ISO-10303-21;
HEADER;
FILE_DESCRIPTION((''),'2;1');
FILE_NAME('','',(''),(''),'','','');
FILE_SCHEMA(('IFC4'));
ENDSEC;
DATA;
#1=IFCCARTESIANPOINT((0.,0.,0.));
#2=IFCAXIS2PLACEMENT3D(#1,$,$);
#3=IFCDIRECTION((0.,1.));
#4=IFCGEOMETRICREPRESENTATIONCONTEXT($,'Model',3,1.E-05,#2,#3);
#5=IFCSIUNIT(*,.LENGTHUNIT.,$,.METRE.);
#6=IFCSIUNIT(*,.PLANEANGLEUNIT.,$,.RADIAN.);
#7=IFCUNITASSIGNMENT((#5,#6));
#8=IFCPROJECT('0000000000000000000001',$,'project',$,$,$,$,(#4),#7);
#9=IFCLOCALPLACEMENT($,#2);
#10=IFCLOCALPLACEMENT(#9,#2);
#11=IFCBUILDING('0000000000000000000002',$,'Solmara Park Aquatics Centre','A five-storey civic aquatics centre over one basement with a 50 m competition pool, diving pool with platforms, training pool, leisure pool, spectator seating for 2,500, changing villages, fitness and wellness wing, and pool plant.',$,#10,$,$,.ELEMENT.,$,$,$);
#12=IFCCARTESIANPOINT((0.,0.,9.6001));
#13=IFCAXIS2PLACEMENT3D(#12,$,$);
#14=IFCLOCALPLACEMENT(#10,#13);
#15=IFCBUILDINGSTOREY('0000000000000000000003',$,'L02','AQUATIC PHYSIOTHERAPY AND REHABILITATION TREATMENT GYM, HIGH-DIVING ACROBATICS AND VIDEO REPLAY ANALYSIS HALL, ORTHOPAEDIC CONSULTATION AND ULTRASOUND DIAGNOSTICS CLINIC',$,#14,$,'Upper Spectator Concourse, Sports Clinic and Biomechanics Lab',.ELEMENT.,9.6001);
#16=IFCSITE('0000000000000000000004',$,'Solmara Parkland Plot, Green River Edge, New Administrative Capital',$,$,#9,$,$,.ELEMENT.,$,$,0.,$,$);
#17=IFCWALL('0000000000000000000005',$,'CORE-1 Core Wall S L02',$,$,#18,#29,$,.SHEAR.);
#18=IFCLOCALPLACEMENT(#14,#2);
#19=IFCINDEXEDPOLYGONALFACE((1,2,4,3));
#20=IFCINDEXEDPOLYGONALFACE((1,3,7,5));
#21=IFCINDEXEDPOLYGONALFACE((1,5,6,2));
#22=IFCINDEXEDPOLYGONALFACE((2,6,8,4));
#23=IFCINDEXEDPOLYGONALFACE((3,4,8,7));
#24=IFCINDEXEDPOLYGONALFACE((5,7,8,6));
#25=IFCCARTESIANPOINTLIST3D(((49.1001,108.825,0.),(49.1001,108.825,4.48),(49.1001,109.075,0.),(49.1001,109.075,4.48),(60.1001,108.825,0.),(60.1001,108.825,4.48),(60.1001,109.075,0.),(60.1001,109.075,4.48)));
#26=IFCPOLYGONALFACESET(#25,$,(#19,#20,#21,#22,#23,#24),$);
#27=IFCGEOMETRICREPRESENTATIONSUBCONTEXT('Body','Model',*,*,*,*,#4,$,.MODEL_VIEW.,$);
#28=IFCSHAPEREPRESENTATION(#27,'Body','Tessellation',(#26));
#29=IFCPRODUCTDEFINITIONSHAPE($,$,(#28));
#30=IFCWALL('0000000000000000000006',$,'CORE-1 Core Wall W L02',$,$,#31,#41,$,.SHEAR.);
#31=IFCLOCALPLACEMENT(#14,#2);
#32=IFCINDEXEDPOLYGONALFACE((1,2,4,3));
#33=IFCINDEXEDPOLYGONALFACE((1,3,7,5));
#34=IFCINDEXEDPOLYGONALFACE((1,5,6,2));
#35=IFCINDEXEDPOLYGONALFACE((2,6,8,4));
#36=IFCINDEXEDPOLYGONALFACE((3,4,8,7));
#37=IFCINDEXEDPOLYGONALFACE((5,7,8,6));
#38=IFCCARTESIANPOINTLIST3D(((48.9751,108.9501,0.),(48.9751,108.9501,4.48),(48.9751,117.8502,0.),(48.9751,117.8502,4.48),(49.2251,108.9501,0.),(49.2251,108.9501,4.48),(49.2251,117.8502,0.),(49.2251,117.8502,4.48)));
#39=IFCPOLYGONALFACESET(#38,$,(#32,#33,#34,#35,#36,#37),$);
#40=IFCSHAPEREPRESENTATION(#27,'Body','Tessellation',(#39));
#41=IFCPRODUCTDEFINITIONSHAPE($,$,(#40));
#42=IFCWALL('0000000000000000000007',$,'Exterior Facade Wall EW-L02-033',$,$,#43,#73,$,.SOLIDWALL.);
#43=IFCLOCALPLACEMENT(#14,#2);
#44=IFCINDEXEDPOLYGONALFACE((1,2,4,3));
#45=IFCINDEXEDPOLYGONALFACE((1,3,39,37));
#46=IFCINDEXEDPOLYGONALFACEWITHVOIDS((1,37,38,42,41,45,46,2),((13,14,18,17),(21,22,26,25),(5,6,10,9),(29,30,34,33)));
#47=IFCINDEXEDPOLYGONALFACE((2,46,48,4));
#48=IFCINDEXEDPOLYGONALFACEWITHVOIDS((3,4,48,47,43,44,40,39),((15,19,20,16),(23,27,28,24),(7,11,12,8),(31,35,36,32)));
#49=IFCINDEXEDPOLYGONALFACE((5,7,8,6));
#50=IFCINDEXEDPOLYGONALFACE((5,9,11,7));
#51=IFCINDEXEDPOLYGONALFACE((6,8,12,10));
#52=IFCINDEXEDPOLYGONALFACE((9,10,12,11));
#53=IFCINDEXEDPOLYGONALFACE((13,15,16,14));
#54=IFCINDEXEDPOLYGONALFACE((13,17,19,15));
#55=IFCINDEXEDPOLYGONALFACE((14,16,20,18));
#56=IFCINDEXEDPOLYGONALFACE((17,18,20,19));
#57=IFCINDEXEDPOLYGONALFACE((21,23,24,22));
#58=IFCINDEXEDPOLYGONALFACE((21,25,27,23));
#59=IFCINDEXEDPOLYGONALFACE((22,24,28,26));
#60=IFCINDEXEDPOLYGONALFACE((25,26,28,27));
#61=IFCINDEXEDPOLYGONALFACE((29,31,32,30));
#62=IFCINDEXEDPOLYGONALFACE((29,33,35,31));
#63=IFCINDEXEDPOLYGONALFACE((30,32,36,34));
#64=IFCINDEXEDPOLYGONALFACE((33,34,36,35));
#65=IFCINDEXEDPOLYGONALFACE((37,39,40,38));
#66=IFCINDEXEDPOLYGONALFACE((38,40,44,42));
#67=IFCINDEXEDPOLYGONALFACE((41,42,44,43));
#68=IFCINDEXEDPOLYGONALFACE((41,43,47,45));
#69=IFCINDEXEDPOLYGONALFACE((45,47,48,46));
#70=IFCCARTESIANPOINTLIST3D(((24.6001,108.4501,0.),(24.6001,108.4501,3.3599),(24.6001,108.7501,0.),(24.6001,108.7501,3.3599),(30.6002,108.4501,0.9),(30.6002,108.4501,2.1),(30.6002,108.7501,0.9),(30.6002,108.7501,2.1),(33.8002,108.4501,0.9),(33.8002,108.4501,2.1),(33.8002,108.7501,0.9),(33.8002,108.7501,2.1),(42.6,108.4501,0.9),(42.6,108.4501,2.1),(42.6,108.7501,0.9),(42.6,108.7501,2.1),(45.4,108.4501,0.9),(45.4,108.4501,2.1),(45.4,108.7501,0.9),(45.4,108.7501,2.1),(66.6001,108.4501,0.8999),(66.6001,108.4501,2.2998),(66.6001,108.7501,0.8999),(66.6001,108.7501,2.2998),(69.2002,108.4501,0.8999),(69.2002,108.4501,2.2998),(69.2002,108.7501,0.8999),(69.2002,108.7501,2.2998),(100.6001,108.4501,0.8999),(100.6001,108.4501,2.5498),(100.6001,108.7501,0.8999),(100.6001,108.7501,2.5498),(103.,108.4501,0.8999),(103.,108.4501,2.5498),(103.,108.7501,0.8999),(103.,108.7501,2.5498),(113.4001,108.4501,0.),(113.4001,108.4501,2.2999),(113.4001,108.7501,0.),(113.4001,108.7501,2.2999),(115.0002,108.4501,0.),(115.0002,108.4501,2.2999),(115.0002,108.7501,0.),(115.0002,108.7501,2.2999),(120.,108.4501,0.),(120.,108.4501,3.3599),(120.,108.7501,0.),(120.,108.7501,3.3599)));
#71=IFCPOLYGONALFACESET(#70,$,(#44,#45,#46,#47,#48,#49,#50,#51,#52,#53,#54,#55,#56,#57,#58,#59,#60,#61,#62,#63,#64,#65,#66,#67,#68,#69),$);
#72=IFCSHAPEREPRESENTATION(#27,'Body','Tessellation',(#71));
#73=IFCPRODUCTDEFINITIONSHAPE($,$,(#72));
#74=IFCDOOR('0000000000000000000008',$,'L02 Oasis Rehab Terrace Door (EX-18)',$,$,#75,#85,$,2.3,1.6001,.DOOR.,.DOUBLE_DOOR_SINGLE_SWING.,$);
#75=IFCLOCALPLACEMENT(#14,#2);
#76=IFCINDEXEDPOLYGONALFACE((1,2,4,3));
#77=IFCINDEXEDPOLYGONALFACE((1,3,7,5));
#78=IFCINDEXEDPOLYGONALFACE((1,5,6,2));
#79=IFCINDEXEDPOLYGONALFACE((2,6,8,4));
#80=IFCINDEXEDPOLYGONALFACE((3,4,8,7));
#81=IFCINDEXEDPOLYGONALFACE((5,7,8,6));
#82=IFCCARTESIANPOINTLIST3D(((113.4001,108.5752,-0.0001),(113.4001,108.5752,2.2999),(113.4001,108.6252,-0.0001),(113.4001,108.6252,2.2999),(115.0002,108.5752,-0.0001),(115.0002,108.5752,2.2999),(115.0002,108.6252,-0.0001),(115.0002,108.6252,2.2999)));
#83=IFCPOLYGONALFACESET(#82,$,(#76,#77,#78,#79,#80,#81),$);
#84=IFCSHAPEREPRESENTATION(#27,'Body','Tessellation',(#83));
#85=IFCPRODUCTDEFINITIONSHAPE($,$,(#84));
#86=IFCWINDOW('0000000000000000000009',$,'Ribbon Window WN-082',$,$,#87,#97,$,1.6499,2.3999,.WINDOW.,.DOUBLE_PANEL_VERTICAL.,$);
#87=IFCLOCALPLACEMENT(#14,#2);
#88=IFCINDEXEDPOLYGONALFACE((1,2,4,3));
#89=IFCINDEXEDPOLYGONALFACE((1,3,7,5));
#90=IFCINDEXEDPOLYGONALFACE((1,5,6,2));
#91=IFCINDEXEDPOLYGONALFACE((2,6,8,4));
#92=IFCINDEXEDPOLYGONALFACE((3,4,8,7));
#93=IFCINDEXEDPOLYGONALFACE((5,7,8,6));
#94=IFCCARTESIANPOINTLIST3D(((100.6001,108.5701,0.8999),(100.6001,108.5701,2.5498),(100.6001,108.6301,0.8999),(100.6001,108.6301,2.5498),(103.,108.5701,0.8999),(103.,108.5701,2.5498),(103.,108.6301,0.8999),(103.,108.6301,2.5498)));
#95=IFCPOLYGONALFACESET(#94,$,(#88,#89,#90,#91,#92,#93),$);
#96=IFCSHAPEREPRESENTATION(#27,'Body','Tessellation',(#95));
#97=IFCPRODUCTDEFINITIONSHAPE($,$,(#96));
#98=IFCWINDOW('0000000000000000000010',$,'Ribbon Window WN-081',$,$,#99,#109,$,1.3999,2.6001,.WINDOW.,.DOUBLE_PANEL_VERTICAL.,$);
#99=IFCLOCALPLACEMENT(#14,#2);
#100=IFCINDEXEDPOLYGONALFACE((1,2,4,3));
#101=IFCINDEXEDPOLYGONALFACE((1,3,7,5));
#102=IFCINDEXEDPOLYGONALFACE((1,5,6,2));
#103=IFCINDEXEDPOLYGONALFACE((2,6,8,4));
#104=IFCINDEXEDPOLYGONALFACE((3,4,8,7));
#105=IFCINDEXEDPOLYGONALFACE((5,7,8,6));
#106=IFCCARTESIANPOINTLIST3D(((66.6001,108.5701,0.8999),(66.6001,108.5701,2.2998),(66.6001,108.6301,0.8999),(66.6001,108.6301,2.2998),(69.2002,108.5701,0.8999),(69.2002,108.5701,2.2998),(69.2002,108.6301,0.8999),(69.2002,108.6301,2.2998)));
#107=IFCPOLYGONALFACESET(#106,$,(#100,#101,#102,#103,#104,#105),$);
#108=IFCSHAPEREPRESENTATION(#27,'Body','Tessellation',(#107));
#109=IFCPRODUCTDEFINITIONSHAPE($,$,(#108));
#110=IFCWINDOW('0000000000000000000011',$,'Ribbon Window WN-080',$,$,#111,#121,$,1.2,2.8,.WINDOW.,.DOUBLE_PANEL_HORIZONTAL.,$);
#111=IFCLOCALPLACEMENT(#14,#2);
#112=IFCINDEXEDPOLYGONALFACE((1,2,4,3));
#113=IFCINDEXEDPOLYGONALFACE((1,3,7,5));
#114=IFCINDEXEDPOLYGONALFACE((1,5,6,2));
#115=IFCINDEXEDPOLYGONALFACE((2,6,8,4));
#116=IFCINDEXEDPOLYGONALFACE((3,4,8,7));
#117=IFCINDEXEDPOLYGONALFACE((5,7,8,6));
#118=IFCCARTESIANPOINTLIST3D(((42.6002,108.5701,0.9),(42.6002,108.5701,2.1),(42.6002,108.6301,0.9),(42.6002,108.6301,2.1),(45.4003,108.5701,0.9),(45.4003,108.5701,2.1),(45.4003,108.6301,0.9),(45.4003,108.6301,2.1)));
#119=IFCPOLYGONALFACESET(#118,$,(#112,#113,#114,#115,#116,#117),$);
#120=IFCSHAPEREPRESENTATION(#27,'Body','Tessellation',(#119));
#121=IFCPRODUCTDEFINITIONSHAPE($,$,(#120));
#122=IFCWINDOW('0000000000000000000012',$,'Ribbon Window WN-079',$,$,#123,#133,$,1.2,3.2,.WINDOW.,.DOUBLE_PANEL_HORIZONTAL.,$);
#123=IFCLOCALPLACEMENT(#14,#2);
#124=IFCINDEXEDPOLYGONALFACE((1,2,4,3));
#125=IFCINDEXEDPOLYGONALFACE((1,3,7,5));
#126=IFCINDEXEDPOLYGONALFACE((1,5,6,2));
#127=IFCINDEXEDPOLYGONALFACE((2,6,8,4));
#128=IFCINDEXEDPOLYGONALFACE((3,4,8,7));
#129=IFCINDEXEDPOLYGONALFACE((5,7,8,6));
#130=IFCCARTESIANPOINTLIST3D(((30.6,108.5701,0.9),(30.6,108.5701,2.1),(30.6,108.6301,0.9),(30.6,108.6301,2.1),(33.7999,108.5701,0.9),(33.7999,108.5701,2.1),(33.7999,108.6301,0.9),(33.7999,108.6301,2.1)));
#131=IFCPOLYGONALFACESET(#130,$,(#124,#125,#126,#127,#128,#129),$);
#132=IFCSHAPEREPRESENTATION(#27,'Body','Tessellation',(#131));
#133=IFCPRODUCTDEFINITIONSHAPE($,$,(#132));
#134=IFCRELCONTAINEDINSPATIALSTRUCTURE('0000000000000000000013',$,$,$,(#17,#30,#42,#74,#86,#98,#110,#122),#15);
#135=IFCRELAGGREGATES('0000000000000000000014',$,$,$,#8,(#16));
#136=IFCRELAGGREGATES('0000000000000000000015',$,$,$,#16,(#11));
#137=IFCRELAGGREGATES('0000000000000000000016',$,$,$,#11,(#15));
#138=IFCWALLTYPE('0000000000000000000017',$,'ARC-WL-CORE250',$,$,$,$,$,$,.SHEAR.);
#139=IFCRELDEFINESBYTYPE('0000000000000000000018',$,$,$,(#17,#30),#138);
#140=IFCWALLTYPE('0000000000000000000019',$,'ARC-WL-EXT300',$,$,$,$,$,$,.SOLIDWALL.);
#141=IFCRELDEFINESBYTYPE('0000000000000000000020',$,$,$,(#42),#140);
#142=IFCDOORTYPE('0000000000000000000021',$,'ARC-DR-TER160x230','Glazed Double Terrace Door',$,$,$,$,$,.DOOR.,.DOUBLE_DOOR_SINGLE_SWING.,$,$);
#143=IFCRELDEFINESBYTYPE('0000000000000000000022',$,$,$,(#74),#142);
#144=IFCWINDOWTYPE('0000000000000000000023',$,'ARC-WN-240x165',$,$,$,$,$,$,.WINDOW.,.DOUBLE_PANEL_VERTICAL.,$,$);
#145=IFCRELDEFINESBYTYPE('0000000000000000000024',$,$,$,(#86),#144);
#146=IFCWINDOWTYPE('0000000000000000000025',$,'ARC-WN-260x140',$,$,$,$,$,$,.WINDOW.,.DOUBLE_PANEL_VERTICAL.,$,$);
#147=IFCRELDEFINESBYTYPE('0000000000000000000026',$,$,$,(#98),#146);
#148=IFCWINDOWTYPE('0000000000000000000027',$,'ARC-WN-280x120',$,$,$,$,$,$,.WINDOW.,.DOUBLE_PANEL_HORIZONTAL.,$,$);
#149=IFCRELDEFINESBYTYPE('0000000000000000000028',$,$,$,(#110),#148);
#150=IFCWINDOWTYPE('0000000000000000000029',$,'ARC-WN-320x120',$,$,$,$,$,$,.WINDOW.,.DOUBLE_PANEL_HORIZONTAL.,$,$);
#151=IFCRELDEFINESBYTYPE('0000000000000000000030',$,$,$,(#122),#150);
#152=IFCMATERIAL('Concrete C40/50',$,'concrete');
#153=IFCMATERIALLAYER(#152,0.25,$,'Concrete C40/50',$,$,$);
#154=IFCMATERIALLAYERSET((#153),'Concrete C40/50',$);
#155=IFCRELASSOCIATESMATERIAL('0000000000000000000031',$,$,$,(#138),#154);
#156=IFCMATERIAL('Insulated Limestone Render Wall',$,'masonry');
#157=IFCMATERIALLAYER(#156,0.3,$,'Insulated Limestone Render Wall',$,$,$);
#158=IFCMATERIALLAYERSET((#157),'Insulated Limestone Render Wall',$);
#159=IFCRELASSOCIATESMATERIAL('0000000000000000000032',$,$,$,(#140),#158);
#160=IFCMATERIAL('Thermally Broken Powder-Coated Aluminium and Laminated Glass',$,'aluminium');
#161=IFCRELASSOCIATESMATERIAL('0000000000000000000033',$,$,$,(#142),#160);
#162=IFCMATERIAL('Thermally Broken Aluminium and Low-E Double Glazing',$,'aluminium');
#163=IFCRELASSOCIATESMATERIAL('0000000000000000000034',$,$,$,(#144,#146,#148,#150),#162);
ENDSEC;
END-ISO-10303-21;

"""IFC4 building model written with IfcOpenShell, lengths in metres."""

from ifc_helpers import new_model, si_unit, direction, frame, frame_2d, origin, place, context, subcontext, project, spatial, rectangle, extrude, material, layer, layer_set, type_object, element, fill, save


model = new_model("IFC4")

# Units and contexts
model_context = context("Model", 3, precision=1e-05, world=origin(), true_north=direction((0.0, 1.0)))
body_context = subcontext(model_context, "Body", "Model", "MODEL_VIEW")
ifc_project = project(units=[si_unit("LENGTHUNIT", "METRE"), si_unit("PLANEANGLEUNIT", "RADIAN")], contexts=[model_context])

# Site, building, storey
site_placement = place(None, origin())
site = spatial("IfcSite", under=ifc_project, at=site_placement, Name="Solmara Parkland Plot, Green River Edge, New Administrative Capital", CompositionType="ELEMENT", RefElevation=0.0)
building_placement = place(site_placement, origin())
building = spatial("IfcBuilding", under=site, at=building_placement, Name="Solmara Park Aquatics Centre", Description="A five-storey civic aquatics centre over one basement with a 50 m competition pool, diving pool with platforms, training pool, leisure pool, spectator seating for 2,500, changing villages, fitness and wellness wing, and pool plant.", CompositionType="ELEMENT")
storey_placement = place(building_placement, frame((0.0, 0.0, 9.6001)))
storey = spatial("IfcBuildingStorey", under=building, at=storey_placement, Name="L02", Description="AQUATIC PHYSIOTHERAPY AND REHABILITATION TREATMENT GYM, HIGH-DIVING ACROBATICS AND VIDEO REPLAY ANALYSIS HALL, ORTHOPAEDIC CONSULTATION AND ULTRASOUND DIAGNOSTICS CLINIC", LongName="Upper Spectator Concourse, Sports Clinic and Biomechanics Lab", CompositionType="ELEMENT", Elevation=9.6001)

# Shared definitions
ifc_material_1 = material(Name="Concrete C40/50", Category="concrete")

# Walls
ifc_layer_1 = layer(ifc_material_1, 0.25, Name="Concrete C40/50")
ifc_layer_set_1 = layer_set([ifc_layer_1], Name="Concrete C40/50")
wall_type_1 = type_object("IfcWallType", Name="ARC-WL-CORE250", PredefinedType="SHEAR", material=ifc_layer_set_1)
wall_1_placement = place(storey_placement, frame((49.1001, 108.95, 0.0), z_axis=(0.0, 0.0, 1.0), x_axis=(1.0, 0.0, 0.0)))
element("IfcWall", 1, at=wall_1_placement, inside=storey, type_object=wall_type_1, Name="CORE-1 Core Wall S L02", PredefinedType="SHEAR", context=body_context, shape_type="SweptSolid", body=[
    extrude(rectangle(XDim=11.0, YDim=0.25, at=frame_2d((5.5, 0.0))), origin(), (0.0, 0.0, 1.0), 4.48),
])
wall_2_placement = place(storey_placement, frame((49.1001, 108.95, 0.0), z_axis=(0.0, 0.0, 1.0), x_axis=(0.0, 1.0, 0.0)))
element("IfcWall", 2, at=wall_2_placement, inside=storey, type_object=wall_type_1, Name="CORE-1 Core Wall W L02", PredefinedType="SHEAR", context=body_context, shape_type="SweptSolid", body=[
    extrude(rectangle(XDim=8.9001, YDim=0.25, at=frame_2d((4.4502, 0.0))), origin(), (0.0, 0.0, 1.0), 4.48),
])

# Wall, openings, door, windows
ifc_material_2 = material(Name="Insulated Limestone Render Wall", Category="masonry")
ifc_layer_2 = layer(ifc_material_2, 0.3, Name="Insulated Limestone Render Wall")
ifc_layer_set_2 = layer_set([ifc_layer_2], Name="Insulated Limestone Render Wall")
wall_type_2 = type_object("IfcWallType", Name="ARC-WL-EXT300", PredefinedType="SOLIDWALL", material=ifc_layer_set_2)
wall_3_placement = place(storey_placement, frame((24.6001, 108.6001, 0.0), z_axis=(0.0, 0.0, 1.0), x_axis=(1.0, 0.0, 0.0)))
wall_3 = element("IfcWall", 3, at=wall_3_placement, inside=storey, type_object=wall_type_2, Name="Exterior Facade Wall EW-L02-033", PredefinedType="SOLIDWALL", context=body_context, shape_type="SweptSolid", body=[
    extrude(rectangle(XDim=95.3999, YDim=0.3, at=frame_2d((47.7, 0.0))), origin(), (0.0, 0.0, 1.0), 3.3599),
])
opening_1_placement = place(wall_3_placement, frame((88.8, 0.0, 0.0)))
opening_1 = element("IfcOpeningElement", 4, at=opening_1_placement, cuts=wall_3, PredefinedType="OPENING", context=body_context, shape_type="SweptSolid", body=[
    extrude(rectangle(XDim=1.6001, YDim=2.3, at=frame_2d((0.8, 1.1499))), frame((0.0, 0.1599, 0.0), z_axis=(0.0, -1.0, 0.0), x_axis=(1.0, 0.0, 0.0)), (0.0, 0.0, 1.0), 0.3201),
])
opening_2_placement = place(wall_3_placement, frame((6.0, 0.0, 0.8999)))
opening_2 = element("IfcOpeningElement", 5, at=opening_2_placement, cuts=wall_3, PredefinedType="OPENING", context=body_context, shape_type="SweptSolid", body=[
    extrude(rectangle(XDim=3.2, YDim=1.2, at=frame_2d((1.6001, 0.6001))), frame((0.0, 0.1599, 0.0), z_axis=(0.0, -1.0, 0.0), x_axis=(1.0, 0.0, 0.0)), (0.0, 0.0, 1.0), 0.3201),
])
opening_3_placement = place(wall_3_placement, frame((18.0, 0.0, 0.8999)))
opening_3 = element("IfcOpeningElement", 6, at=opening_3_placement, cuts=wall_3, PredefinedType="OPENING", context=body_context, shape_type="SweptSolid", body=[
    extrude(rectangle(XDim=2.8, YDim=1.2, at=frame_2d((1.3999, 0.6001))), frame((0.0, 0.1599, 0.0), z_axis=(0.0, -1.0, 0.0), x_axis=(1.0, 0.0, 0.0)), (0.0, 0.0, 1.0), 0.3201),
])
opening_4_placement = place(wall_3_placement, frame((42.0, 0.0, 0.8999)))
opening_4 = element("IfcOpeningElement", 7, at=opening_4_placement, cuts=wall_3, PredefinedType="OPENING", context=body_context, shape_type="SweptSolid", body=[
    extrude(rectangle(XDim=2.6001, YDim=1.3999, at=frame_2d((1.3, 0.7))), frame((0.0, 0.1599, 0.0), z_axis=(0.0, -1.0, 0.0), x_axis=(1.0, 0.0, 0.0)), (0.0, 0.0, 1.0), 0.3201),
])
opening_5_placement = place(wall_3_placement, frame((76.0, 0.0, 0.8999)))
opening_5 = element("IfcOpeningElement", 8, at=opening_5_placement, cuts=wall_3, PredefinedType="OPENING", context=body_context, shape_type="SweptSolid", body=[
    extrude(rectangle(XDim=2.3999, YDim=1.6499, at=frame_2d((1.2, 0.825))), frame((0.0, 0.1599, 0.0), z_axis=(0.0, -1.0, 0.0), x_axis=(1.0, 0.0, 0.0)), (0.0, 0.0, 1.0), 0.3201),
])
ifc_material_3 = material(Name="Thermally Broken Powder-Coated Aluminium and Laminated Glass", Category="aluminium")
door_type = type_object("IfcDoorType", Name="ARC-DR-TER160x230", Description="Glazed Double Terrace Door", OperationType="DOUBLE_DOOR_SINGLE_SWING", PredefinedType="DOOR", material=ifc_material_3)
door_placement = place(opening_1_placement, frame((1.6001, 0.0, 0.0), z_axis=(0.0, 0.0, 1.0), x_axis=(-1.0, 0.0, 0.0)))
door = element("IfcDoor", 9, at=door_placement, inside=storey, type_object=door_type, Name="L02 Oasis Rehab Terrace Door (EX-18)", OperationType="DOUBLE_DOOR_SINGLE_SWING", OverallHeight=2.3, OverallWidth=1.6001, PredefinedType="DOOR", context=body_context, shape_type="SweptSolid", body=[
    extrude(rectangle(XDim=1.6001, YDim=2.3, at=frame_2d((0.8, 1.1499))), frame((0.0, 0.0249, 0.0), z_axis=(0.0, -1.0, 0.0), x_axis=(1.0, 0.0, 0.0)), (0.0, 0.0, 1.0), 0.05),
])
fill(opening_1, door)
ifc_material_4 = material(Name="Thermally Broken Aluminium and Low-E Double Glazing", Category="aluminium")
window_type_1 = type_object("IfcWindowType", Name="ARC-WN-240x165", PartitioningType="DOUBLE_PANEL_VERTICAL", PredefinedType="WINDOW", material=ifc_material_4)
window_1_placement = place(opening_5_placement, frame((2.3999, 0.0, 0.0), z_axis=(0.0, 0.0, 1.0), x_axis=(-1.0, 0.0, 0.0)))
window_1 = element("IfcWindow", 10, at=window_1_placement, inside=storey, type_object=window_type_1, Name="Ribbon Window WN-082", OverallHeight=1.6499, OverallWidth=2.3999, PartitioningType="DOUBLE_PANEL_VERTICAL", PredefinedType="WINDOW", context=body_context, shape_type="SweptSolid", body=[
    extrude(rectangle(XDim=2.3999, YDim=1.6499, at=frame_2d((1.2, 0.825))), frame((0.0, 0.03, 0.0), z_axis=(0.0, -1.0, 0.0), x_axis=(1.0, 0.0, 0.0)), (0.0, 0.0, 1.0), 0.0601),
])
fill(opening_5, window_1)
window_type_2 = type_object("IfcWindowType", Name="ARC-WN-260x140", PartitioningType="DOUBLE_PANEL_VERTICAL", PredefinedType="WINDOW", material=ifc_material_4)
window_2_placement = place(opening_4_placement, frame((2.6001, 0.0, 0.0), z_axis=(0.0, 0.0, 1.0), x_axis=(-1.0, 0.0, 0.0)))
window_2 = element("IfcWindow", 11, at=window_2_placement, inside=storey, type_object=window_type_2, Name="Ribbon Window WN-081", OverallHeight=1.3999, OverallWidth=2.6001, PartitioningType="DOUBLE_PANEL_VERTICAL", PredefinedType="WINDOW", context=body_context, shape_type="SweptSolid", body=[
    extrude(rectangle(XDim=2.6001, YDim=1.3999, at=frame_2d((1.3, 0.7))), frame((0.0, 0.03, 0.0), z_axis=(0.0, -1.0, 0.0), x_axis=(1.0, 0.0, 0.0)), (0.0, 0.0, 1.0), 0.0601),
])
fill(opening_4, window_2)
window_type_3 = type_object("IfcWindowType", Name="ARC-WN-280x120", PartitioningType="DOUBLE_PANEL_HORIZONTAL", PredefinedType="WINDOW", material=ifc_material_4)
window_3_placement = place(opening_3_placement, frame((2.8, 0.0, 0.0), z_axis=(0.0, 0.0, 1.0), x_axis=(-1.0, 0.0, 0.0)))
window_3 = element("IfcWindow", 12, at=window_3_placement, inside=storey, type_object=window_type_3, Name="Ribbon Window WN-080", OverallHeight=1.2, OverallWidth=2.8, PartitioningType="DOUBLE_PANEL_HORIZONTAL", PredefinedType="WINDOW", context=body_context, shape_type="SweptSolid", body=[
    extrude(rectangle(XDim=2.8, YDim=1.2, at=frame_2d((1.3999, 0.6001))), frame((0.0, 0.03, 0.0), z_axis=(0.0, -1.0, 0.0), x_axis=(1.0, 0.0, 0.0)), (0.0, 0.0, 1.0), 0.0601),
])
fill(opening_3, window_3)
window_type_4 = type_object("IfcWindowType", Name="ARC-WN-320x120", PartitioningType="DOUBLE_PANEL_HORIZONTAL", PredefinedType="WINDOW", material=ifc_material_4)
window_4_placement = place(opening_2_placement, frame((3.2, 0.0, 0.0), z_axis=(0.0, 0.0, 1.0), x_axis=(-1.0, 0.0, 0.0)))
window_4 = element("IfcWindow", 13, at=window_4_placement, inside=storey, type_object=window_type_4, Name="Ribbon Window WN-079", OverallHeight=1.2, OverallWidth=3.2, PartitioningType="DOUBLE_PANEL_HORIZONTAL", PredefinedType="WINDOW", context=body_context, shape_type="SweptSolid", body=[
    extrude(rectangle(XDim=3.2, YDim=1.2, at=frame_2d((1.6001, 0.6001))), frame((0.0, 0.03, 0.0), z_axis=(0.0, -1.0, 0.0), x_axis=(1.0, 0.0, 0.0)), (0.0, 0.0, 1.0), 0.0601),
])
fill(opening_2, window_4)

save(model, "model.ifc")
